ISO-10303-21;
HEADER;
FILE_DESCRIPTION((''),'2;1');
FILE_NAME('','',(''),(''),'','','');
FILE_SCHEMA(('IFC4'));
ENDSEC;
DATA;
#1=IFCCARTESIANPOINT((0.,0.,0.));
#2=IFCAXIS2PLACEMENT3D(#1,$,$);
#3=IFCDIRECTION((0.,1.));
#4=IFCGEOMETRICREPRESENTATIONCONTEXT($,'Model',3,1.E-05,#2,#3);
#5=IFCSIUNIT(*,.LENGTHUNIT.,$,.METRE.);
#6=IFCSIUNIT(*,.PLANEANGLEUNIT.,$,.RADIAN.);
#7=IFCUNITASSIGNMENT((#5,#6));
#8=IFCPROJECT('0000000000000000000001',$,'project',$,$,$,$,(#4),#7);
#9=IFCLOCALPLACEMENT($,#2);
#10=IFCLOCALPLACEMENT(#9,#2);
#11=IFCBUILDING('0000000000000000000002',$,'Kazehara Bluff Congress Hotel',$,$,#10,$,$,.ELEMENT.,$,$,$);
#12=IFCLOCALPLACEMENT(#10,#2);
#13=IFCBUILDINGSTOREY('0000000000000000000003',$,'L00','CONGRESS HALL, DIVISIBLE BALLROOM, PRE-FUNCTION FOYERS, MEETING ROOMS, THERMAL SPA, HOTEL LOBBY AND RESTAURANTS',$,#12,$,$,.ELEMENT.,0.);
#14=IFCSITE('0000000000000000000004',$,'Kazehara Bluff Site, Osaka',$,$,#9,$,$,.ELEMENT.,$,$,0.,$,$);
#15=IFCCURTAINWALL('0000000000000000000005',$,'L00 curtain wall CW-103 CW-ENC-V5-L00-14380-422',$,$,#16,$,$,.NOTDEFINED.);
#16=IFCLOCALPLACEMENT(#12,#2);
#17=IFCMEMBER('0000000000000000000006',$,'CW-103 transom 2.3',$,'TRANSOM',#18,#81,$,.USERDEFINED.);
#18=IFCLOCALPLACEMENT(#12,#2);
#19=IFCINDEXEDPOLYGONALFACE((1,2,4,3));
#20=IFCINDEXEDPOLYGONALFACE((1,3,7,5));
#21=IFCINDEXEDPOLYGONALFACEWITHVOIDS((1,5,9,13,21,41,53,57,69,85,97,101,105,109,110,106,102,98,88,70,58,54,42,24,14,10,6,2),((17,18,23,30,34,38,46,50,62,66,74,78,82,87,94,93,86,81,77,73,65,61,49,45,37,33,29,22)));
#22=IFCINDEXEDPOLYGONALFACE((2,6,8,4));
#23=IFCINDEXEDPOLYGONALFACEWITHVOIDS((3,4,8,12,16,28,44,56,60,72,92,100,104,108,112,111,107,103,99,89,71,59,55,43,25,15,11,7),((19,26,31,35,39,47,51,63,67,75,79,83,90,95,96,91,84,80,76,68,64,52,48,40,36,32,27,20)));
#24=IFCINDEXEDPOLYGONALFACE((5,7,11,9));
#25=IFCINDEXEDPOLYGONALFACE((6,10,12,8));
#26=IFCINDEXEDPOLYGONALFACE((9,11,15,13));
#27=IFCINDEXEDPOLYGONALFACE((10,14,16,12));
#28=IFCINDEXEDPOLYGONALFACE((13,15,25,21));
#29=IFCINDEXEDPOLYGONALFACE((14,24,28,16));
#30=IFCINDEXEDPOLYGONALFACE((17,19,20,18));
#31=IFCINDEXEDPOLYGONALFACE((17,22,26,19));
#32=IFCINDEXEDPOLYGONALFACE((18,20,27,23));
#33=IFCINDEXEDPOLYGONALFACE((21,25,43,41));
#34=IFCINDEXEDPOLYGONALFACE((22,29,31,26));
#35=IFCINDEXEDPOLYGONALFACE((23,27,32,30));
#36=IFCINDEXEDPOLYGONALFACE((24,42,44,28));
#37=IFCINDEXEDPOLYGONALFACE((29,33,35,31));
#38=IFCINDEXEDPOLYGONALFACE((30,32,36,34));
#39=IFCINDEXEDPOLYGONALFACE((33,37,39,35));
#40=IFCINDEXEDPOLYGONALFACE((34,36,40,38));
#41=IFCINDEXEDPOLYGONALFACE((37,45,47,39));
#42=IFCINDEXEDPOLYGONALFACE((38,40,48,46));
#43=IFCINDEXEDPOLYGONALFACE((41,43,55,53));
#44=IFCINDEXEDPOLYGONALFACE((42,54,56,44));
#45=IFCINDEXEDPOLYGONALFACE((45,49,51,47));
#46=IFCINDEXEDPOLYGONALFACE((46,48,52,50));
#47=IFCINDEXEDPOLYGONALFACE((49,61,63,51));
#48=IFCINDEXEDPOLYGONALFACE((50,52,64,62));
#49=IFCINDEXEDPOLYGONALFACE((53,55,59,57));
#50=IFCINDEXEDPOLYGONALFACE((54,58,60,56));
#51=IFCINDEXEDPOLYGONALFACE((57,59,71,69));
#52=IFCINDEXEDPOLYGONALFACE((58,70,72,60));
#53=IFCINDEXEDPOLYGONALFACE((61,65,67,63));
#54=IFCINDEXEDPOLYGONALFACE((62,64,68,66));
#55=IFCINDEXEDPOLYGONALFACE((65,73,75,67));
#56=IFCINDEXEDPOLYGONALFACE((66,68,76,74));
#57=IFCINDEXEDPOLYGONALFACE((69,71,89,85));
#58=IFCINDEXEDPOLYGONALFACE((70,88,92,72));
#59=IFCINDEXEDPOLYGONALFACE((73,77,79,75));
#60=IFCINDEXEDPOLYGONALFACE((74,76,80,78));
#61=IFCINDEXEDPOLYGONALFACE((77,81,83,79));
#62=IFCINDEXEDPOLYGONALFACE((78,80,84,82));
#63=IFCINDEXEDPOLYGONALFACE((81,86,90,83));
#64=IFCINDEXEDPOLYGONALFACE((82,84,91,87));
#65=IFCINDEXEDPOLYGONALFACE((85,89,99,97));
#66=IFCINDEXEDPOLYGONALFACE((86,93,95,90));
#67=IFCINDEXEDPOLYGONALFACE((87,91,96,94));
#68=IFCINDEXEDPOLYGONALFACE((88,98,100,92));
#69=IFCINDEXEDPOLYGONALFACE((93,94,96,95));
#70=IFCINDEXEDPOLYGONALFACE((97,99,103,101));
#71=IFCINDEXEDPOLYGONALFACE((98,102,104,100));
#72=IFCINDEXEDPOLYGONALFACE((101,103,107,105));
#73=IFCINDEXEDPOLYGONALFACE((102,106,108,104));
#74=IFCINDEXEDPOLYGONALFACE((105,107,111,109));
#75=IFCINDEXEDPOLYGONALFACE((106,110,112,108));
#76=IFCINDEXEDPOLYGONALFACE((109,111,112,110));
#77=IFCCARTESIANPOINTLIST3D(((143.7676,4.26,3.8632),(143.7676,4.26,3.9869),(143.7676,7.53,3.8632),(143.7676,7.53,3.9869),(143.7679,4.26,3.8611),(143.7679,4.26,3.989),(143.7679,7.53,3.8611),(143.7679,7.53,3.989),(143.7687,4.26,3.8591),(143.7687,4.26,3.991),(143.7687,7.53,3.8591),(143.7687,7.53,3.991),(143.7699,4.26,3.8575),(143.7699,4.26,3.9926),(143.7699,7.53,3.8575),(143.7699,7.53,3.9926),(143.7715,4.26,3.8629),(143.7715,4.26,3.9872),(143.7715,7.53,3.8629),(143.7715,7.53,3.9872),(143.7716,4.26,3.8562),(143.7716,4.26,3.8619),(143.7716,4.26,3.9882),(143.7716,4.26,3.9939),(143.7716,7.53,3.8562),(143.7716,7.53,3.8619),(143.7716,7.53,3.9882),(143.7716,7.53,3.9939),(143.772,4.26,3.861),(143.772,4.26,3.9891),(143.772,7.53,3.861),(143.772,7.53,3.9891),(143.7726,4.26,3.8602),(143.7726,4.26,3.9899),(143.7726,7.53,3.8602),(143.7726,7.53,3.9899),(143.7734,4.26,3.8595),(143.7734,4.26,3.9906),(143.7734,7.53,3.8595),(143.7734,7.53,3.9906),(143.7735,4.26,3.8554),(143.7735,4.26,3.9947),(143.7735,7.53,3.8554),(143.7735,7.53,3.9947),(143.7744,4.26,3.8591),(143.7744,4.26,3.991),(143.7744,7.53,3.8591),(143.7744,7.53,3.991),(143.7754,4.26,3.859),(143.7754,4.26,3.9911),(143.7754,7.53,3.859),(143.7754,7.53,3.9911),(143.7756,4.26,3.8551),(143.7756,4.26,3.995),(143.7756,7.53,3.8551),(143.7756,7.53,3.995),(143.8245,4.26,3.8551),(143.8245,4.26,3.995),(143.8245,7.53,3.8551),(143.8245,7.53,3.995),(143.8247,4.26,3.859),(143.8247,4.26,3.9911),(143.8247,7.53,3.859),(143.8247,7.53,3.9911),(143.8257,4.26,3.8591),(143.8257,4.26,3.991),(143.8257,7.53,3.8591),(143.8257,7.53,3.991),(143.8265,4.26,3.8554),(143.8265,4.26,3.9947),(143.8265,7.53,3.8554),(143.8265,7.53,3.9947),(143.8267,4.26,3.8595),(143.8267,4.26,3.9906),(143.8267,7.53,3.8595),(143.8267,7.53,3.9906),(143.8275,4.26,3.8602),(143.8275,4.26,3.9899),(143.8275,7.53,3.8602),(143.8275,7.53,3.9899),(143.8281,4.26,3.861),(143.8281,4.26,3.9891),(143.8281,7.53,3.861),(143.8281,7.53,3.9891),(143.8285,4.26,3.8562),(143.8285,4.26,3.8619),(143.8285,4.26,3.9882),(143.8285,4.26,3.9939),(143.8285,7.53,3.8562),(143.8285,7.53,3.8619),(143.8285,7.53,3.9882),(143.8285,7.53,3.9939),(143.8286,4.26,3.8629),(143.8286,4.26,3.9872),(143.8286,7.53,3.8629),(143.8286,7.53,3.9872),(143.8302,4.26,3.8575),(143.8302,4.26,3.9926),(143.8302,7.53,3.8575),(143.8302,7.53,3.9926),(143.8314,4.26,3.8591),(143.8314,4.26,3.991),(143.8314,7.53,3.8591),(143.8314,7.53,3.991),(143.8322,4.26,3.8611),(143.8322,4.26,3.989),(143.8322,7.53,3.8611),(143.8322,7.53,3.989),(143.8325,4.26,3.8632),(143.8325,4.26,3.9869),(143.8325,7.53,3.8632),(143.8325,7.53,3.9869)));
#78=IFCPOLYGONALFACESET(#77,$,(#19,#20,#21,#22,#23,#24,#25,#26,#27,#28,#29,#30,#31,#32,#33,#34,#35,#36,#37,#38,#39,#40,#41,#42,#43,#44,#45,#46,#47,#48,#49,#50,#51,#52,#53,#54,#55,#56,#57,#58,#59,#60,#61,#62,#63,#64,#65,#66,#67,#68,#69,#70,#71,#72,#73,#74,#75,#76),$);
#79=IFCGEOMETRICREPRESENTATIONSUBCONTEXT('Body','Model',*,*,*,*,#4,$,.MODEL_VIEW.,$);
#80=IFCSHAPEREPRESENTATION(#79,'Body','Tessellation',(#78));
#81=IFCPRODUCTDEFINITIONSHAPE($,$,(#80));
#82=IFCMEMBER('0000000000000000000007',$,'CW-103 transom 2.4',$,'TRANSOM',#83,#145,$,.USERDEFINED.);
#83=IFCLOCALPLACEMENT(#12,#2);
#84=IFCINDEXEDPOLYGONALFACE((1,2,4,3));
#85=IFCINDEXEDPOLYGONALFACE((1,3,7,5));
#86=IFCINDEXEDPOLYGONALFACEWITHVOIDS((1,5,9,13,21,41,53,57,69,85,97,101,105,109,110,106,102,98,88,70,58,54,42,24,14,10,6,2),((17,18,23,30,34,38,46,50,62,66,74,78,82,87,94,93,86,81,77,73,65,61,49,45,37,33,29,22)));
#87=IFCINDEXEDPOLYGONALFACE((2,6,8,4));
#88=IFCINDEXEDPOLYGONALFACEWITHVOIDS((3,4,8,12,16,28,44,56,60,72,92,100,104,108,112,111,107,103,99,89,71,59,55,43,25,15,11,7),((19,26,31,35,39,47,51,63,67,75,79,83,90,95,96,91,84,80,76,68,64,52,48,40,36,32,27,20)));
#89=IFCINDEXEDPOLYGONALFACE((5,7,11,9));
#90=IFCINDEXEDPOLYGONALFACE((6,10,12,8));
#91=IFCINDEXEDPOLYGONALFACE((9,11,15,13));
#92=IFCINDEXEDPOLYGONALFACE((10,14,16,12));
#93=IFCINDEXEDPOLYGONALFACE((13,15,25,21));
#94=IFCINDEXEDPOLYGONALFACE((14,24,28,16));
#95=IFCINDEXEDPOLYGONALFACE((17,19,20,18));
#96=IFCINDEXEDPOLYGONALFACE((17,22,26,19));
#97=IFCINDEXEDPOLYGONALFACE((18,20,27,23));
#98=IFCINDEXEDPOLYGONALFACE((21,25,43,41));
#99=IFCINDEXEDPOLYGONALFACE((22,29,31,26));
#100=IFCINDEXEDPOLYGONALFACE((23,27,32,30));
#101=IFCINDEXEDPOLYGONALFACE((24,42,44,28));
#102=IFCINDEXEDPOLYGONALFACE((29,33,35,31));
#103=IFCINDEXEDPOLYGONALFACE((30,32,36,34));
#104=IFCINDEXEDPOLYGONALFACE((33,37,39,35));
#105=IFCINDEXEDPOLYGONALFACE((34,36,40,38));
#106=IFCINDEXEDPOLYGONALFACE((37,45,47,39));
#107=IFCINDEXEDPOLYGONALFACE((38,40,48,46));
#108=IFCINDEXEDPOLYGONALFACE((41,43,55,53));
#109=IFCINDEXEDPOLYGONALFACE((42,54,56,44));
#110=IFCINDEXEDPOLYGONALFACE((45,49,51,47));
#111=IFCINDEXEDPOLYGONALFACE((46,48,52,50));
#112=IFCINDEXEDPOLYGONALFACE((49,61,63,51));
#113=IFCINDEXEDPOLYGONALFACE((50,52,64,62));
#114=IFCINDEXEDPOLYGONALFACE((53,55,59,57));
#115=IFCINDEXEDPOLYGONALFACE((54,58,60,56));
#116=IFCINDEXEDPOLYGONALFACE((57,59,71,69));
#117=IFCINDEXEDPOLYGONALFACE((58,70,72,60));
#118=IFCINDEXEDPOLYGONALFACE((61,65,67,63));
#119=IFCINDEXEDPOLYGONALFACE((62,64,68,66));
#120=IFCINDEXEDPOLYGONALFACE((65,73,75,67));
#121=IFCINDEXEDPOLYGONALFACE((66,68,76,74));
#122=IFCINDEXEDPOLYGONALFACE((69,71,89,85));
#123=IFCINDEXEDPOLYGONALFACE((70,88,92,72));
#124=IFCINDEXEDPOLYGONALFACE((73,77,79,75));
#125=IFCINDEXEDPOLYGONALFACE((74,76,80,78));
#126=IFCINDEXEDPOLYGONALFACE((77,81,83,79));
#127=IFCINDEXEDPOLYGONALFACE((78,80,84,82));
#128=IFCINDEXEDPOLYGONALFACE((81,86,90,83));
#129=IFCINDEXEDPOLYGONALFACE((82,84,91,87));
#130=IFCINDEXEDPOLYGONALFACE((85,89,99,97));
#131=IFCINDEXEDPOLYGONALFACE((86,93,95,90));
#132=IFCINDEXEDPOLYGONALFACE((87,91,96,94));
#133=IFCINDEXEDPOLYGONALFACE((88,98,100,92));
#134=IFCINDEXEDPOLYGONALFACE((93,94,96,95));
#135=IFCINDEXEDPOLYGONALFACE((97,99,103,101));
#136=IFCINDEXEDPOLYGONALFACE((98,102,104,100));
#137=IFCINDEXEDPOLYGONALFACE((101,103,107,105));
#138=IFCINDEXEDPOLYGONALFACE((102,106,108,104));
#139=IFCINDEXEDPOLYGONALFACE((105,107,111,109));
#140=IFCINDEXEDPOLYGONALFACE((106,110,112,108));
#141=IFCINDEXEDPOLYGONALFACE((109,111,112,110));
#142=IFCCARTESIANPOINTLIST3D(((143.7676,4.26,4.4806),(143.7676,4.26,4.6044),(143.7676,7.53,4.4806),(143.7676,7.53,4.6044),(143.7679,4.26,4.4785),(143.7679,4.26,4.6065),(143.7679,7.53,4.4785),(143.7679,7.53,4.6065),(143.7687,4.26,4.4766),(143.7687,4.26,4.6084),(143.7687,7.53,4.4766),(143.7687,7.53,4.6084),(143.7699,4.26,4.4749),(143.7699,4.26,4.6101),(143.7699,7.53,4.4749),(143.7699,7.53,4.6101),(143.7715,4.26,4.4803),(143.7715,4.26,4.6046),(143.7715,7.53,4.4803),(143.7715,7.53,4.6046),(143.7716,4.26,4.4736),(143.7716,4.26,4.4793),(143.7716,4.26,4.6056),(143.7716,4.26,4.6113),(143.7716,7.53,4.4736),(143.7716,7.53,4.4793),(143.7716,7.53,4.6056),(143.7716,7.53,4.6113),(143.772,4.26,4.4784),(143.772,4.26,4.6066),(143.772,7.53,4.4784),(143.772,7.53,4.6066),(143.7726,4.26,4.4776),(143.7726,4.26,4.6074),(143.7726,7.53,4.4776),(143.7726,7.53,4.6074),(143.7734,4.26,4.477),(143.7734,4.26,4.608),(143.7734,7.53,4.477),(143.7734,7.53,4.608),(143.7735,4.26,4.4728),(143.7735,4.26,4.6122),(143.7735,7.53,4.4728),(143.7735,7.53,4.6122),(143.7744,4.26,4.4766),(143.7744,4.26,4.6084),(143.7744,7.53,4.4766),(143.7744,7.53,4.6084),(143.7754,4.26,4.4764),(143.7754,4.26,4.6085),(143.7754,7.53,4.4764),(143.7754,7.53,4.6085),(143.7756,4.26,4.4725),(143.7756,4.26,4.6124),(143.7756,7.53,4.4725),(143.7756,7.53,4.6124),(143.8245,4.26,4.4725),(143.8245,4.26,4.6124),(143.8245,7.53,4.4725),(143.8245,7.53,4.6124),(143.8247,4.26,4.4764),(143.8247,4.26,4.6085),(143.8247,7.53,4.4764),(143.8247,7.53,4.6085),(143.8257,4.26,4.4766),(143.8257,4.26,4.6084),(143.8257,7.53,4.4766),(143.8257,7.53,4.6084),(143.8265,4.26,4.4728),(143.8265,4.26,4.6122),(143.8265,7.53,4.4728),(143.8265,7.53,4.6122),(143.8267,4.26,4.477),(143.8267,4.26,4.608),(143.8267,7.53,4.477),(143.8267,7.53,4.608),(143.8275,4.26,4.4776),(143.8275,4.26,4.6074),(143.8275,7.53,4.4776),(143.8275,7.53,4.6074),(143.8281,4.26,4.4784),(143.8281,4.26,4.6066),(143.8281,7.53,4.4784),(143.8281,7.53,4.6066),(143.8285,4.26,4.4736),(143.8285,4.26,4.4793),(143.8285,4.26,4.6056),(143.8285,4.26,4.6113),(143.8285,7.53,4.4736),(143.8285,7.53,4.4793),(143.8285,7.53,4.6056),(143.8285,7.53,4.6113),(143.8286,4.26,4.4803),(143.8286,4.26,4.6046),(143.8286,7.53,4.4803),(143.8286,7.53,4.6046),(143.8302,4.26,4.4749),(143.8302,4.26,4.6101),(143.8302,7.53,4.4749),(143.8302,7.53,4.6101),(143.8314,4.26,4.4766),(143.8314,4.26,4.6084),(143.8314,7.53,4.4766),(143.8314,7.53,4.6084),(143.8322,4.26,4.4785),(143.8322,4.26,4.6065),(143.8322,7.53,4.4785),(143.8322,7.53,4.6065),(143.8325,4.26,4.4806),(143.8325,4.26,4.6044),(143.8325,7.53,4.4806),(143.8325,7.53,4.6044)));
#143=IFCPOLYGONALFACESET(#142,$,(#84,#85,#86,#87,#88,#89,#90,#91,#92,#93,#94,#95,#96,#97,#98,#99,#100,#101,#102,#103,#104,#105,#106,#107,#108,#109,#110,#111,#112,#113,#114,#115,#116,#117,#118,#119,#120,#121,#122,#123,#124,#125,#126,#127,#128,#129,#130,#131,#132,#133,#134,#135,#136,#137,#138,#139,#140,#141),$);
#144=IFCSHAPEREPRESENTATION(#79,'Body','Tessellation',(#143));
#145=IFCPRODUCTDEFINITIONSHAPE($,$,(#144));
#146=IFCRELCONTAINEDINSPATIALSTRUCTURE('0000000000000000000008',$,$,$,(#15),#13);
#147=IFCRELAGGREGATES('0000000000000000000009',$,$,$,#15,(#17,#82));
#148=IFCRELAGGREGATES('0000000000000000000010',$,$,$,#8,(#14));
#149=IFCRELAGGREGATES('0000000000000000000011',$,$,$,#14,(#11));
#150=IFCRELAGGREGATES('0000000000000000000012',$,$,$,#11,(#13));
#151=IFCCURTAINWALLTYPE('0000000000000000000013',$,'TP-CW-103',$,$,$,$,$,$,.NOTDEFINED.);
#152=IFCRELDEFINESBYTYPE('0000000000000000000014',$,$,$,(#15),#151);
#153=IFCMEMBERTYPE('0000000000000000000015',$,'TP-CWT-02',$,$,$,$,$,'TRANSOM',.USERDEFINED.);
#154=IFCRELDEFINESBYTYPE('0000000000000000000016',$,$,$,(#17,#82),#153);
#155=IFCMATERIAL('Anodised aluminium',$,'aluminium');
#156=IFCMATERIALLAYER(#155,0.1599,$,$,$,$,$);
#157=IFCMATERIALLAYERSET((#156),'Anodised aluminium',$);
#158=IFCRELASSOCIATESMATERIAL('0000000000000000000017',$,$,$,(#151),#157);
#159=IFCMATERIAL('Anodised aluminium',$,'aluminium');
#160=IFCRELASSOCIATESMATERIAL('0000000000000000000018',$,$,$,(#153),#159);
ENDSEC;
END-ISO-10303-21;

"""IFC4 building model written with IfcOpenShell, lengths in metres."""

from ifc_helpers import new_model, si_unit, direction, frame, origin, origin_2d, place, context, subcontext, project, spatial, hollow_rectangle, extrude, material, layer, layer_set, material_profile, profile_set, type_object, element, aggregate, save


model = new_model("IFC4")

# Units and contexts
model_context = context("Model", 3, precision=1e-05, world=origin(), true_north=direction((0.0, 1.0)))
body_context = subcontext(model_context, "Body", "Model", "MODEL_VIEW")
ifc_project = project(units=[si_unit("LENGTHUNIT", "METRE"), si_unit("PLANEANGLEUNIT", "RADIAN")], contexts=[model_context])

# Site, building, storey
site_placement = place(None, origin())
site = spatial("IfcSite", under=ifc_project, at=site_placement, Name="Kazehara Bluff Site, Osaka", CompositionType="ELEMENT", RefElevation=0.0)
building_placement = place(site_placement, origin())
building = spatial("IfcBuilding", under=site, at=building_placement, Name="Kazehara Bluff Congress Hotel", CompositionType="ELEMENT")
storey_placement = place(building_placement, origin())
storey = spatial("IfcBuildingStorey", under=building, at=storey_placement, Name="L00", Description="CONGRESS HALL, DIVISIBLE BALLROOM, PRE-FUNCTION FOYERS, MEETING ROOMS, THERMAL SPA, HOTEL LOBBY AND RESTAURANTS", CompositionType="ELEMENT", Elevation=0.0)

# Curtain wall
ifc_material_1 = material(Name="Anodised aluminium", Category="aluminium")
ifc_layer_1 = layer(ifc_material_1, 0.1599)
ifc_layer_set_1 = layer_set([ifc_layer_1], Name="Anodised aluminium")
curtain_wall_type_1 = type_object("IfcCurtainWallType", Name="TP-CW-103", PredefinedType="NOTDEFINED", material=ifc_layer_set_1)
curtain_wall_1_placement = place(storey_placement, origin())
curtain_wall_1 = element("IfcCurtainWall", 1, at=curtain_wall_1_placement, inside=storey, type_object=curtain_wall_type_1, Name="L00 curtain wall CW-103 CW-ENC-V5-L00-14380-422", PredefinedType="NOTDEFINED")

# Members
ifc_material_2 = material(Name="Anodised aluminium", Category="aluminium")
ifc_material_profile_1 = material_profile(ifc_material_2, hollow_rectangle(XDim=0.0649, YDim=0.1399, WallThickness=0.0039, InnerFilletRadius=0.0039, OuterFilletRadius=0.0081, at=origin_2d()))
ifc_profile_set_1 = profile_set([ifc_material_profile_1], Name="Anodised aluminium")
member_type_1 = type_object("IfcMemberType", Name="TP-CWT-02", ElementType="TRANSOM", PredefinedType="USERDEFINED", material=ifc_profile_set_1)
member_1_placement = place(storey_placement, frame((143.8, 4.26, 3.925), z_axis=(0.0, 1.0, 0.0), x_axis=(-1.0, 0.0, 0.0)))
member_1 = element("IfcMember", 2, at=member_1_placement, type_object=member_type_1, Name="CW-103 transom 2.3", ObjectType="TRANSOM", PredefinedType="USERDEFINED", context=body_context, shape_type="SweptSolid", body=[
    extrude(hollow_rectangle(XDim=0.0649, YDim=0.1399, WallThickness=0.0039, InnerFilletRadius=0.0039, OuterFilletRadius=0.0081, at=origin_2d()), origin(), (0.0, 0.0, 1.0), 3.27),
])
member_2_placement = place(storey_placement, frame((143.8, 4.26, 4.5425), z_axis=(0.0, 1.0, 0.0), x_axis=(-1.0, 0.0, 0.0)))
member_2 = element("IfcMember", 3, at=member_2_placement, type_object=member_type_1, Name="CW-103 transom 2.4", ObjectType="TRANSOM", PredefinedType="USERDEFINED", context=body_context, shape_type="SweptSolid", body=[
    extrude(hollow_rectangle(XDim=0.0649, YDim=0.1399, WallThickness=0.0039, InnerFilletRadius=0.0039, OuterFilletRadius=0.0081, at=origin_2d()), origin(), (0.0, 0.0, 1.0), 3.27),
])

aggregate(curtain_wall_1, [member_1, member_2])

save(model, "model.ifc")
